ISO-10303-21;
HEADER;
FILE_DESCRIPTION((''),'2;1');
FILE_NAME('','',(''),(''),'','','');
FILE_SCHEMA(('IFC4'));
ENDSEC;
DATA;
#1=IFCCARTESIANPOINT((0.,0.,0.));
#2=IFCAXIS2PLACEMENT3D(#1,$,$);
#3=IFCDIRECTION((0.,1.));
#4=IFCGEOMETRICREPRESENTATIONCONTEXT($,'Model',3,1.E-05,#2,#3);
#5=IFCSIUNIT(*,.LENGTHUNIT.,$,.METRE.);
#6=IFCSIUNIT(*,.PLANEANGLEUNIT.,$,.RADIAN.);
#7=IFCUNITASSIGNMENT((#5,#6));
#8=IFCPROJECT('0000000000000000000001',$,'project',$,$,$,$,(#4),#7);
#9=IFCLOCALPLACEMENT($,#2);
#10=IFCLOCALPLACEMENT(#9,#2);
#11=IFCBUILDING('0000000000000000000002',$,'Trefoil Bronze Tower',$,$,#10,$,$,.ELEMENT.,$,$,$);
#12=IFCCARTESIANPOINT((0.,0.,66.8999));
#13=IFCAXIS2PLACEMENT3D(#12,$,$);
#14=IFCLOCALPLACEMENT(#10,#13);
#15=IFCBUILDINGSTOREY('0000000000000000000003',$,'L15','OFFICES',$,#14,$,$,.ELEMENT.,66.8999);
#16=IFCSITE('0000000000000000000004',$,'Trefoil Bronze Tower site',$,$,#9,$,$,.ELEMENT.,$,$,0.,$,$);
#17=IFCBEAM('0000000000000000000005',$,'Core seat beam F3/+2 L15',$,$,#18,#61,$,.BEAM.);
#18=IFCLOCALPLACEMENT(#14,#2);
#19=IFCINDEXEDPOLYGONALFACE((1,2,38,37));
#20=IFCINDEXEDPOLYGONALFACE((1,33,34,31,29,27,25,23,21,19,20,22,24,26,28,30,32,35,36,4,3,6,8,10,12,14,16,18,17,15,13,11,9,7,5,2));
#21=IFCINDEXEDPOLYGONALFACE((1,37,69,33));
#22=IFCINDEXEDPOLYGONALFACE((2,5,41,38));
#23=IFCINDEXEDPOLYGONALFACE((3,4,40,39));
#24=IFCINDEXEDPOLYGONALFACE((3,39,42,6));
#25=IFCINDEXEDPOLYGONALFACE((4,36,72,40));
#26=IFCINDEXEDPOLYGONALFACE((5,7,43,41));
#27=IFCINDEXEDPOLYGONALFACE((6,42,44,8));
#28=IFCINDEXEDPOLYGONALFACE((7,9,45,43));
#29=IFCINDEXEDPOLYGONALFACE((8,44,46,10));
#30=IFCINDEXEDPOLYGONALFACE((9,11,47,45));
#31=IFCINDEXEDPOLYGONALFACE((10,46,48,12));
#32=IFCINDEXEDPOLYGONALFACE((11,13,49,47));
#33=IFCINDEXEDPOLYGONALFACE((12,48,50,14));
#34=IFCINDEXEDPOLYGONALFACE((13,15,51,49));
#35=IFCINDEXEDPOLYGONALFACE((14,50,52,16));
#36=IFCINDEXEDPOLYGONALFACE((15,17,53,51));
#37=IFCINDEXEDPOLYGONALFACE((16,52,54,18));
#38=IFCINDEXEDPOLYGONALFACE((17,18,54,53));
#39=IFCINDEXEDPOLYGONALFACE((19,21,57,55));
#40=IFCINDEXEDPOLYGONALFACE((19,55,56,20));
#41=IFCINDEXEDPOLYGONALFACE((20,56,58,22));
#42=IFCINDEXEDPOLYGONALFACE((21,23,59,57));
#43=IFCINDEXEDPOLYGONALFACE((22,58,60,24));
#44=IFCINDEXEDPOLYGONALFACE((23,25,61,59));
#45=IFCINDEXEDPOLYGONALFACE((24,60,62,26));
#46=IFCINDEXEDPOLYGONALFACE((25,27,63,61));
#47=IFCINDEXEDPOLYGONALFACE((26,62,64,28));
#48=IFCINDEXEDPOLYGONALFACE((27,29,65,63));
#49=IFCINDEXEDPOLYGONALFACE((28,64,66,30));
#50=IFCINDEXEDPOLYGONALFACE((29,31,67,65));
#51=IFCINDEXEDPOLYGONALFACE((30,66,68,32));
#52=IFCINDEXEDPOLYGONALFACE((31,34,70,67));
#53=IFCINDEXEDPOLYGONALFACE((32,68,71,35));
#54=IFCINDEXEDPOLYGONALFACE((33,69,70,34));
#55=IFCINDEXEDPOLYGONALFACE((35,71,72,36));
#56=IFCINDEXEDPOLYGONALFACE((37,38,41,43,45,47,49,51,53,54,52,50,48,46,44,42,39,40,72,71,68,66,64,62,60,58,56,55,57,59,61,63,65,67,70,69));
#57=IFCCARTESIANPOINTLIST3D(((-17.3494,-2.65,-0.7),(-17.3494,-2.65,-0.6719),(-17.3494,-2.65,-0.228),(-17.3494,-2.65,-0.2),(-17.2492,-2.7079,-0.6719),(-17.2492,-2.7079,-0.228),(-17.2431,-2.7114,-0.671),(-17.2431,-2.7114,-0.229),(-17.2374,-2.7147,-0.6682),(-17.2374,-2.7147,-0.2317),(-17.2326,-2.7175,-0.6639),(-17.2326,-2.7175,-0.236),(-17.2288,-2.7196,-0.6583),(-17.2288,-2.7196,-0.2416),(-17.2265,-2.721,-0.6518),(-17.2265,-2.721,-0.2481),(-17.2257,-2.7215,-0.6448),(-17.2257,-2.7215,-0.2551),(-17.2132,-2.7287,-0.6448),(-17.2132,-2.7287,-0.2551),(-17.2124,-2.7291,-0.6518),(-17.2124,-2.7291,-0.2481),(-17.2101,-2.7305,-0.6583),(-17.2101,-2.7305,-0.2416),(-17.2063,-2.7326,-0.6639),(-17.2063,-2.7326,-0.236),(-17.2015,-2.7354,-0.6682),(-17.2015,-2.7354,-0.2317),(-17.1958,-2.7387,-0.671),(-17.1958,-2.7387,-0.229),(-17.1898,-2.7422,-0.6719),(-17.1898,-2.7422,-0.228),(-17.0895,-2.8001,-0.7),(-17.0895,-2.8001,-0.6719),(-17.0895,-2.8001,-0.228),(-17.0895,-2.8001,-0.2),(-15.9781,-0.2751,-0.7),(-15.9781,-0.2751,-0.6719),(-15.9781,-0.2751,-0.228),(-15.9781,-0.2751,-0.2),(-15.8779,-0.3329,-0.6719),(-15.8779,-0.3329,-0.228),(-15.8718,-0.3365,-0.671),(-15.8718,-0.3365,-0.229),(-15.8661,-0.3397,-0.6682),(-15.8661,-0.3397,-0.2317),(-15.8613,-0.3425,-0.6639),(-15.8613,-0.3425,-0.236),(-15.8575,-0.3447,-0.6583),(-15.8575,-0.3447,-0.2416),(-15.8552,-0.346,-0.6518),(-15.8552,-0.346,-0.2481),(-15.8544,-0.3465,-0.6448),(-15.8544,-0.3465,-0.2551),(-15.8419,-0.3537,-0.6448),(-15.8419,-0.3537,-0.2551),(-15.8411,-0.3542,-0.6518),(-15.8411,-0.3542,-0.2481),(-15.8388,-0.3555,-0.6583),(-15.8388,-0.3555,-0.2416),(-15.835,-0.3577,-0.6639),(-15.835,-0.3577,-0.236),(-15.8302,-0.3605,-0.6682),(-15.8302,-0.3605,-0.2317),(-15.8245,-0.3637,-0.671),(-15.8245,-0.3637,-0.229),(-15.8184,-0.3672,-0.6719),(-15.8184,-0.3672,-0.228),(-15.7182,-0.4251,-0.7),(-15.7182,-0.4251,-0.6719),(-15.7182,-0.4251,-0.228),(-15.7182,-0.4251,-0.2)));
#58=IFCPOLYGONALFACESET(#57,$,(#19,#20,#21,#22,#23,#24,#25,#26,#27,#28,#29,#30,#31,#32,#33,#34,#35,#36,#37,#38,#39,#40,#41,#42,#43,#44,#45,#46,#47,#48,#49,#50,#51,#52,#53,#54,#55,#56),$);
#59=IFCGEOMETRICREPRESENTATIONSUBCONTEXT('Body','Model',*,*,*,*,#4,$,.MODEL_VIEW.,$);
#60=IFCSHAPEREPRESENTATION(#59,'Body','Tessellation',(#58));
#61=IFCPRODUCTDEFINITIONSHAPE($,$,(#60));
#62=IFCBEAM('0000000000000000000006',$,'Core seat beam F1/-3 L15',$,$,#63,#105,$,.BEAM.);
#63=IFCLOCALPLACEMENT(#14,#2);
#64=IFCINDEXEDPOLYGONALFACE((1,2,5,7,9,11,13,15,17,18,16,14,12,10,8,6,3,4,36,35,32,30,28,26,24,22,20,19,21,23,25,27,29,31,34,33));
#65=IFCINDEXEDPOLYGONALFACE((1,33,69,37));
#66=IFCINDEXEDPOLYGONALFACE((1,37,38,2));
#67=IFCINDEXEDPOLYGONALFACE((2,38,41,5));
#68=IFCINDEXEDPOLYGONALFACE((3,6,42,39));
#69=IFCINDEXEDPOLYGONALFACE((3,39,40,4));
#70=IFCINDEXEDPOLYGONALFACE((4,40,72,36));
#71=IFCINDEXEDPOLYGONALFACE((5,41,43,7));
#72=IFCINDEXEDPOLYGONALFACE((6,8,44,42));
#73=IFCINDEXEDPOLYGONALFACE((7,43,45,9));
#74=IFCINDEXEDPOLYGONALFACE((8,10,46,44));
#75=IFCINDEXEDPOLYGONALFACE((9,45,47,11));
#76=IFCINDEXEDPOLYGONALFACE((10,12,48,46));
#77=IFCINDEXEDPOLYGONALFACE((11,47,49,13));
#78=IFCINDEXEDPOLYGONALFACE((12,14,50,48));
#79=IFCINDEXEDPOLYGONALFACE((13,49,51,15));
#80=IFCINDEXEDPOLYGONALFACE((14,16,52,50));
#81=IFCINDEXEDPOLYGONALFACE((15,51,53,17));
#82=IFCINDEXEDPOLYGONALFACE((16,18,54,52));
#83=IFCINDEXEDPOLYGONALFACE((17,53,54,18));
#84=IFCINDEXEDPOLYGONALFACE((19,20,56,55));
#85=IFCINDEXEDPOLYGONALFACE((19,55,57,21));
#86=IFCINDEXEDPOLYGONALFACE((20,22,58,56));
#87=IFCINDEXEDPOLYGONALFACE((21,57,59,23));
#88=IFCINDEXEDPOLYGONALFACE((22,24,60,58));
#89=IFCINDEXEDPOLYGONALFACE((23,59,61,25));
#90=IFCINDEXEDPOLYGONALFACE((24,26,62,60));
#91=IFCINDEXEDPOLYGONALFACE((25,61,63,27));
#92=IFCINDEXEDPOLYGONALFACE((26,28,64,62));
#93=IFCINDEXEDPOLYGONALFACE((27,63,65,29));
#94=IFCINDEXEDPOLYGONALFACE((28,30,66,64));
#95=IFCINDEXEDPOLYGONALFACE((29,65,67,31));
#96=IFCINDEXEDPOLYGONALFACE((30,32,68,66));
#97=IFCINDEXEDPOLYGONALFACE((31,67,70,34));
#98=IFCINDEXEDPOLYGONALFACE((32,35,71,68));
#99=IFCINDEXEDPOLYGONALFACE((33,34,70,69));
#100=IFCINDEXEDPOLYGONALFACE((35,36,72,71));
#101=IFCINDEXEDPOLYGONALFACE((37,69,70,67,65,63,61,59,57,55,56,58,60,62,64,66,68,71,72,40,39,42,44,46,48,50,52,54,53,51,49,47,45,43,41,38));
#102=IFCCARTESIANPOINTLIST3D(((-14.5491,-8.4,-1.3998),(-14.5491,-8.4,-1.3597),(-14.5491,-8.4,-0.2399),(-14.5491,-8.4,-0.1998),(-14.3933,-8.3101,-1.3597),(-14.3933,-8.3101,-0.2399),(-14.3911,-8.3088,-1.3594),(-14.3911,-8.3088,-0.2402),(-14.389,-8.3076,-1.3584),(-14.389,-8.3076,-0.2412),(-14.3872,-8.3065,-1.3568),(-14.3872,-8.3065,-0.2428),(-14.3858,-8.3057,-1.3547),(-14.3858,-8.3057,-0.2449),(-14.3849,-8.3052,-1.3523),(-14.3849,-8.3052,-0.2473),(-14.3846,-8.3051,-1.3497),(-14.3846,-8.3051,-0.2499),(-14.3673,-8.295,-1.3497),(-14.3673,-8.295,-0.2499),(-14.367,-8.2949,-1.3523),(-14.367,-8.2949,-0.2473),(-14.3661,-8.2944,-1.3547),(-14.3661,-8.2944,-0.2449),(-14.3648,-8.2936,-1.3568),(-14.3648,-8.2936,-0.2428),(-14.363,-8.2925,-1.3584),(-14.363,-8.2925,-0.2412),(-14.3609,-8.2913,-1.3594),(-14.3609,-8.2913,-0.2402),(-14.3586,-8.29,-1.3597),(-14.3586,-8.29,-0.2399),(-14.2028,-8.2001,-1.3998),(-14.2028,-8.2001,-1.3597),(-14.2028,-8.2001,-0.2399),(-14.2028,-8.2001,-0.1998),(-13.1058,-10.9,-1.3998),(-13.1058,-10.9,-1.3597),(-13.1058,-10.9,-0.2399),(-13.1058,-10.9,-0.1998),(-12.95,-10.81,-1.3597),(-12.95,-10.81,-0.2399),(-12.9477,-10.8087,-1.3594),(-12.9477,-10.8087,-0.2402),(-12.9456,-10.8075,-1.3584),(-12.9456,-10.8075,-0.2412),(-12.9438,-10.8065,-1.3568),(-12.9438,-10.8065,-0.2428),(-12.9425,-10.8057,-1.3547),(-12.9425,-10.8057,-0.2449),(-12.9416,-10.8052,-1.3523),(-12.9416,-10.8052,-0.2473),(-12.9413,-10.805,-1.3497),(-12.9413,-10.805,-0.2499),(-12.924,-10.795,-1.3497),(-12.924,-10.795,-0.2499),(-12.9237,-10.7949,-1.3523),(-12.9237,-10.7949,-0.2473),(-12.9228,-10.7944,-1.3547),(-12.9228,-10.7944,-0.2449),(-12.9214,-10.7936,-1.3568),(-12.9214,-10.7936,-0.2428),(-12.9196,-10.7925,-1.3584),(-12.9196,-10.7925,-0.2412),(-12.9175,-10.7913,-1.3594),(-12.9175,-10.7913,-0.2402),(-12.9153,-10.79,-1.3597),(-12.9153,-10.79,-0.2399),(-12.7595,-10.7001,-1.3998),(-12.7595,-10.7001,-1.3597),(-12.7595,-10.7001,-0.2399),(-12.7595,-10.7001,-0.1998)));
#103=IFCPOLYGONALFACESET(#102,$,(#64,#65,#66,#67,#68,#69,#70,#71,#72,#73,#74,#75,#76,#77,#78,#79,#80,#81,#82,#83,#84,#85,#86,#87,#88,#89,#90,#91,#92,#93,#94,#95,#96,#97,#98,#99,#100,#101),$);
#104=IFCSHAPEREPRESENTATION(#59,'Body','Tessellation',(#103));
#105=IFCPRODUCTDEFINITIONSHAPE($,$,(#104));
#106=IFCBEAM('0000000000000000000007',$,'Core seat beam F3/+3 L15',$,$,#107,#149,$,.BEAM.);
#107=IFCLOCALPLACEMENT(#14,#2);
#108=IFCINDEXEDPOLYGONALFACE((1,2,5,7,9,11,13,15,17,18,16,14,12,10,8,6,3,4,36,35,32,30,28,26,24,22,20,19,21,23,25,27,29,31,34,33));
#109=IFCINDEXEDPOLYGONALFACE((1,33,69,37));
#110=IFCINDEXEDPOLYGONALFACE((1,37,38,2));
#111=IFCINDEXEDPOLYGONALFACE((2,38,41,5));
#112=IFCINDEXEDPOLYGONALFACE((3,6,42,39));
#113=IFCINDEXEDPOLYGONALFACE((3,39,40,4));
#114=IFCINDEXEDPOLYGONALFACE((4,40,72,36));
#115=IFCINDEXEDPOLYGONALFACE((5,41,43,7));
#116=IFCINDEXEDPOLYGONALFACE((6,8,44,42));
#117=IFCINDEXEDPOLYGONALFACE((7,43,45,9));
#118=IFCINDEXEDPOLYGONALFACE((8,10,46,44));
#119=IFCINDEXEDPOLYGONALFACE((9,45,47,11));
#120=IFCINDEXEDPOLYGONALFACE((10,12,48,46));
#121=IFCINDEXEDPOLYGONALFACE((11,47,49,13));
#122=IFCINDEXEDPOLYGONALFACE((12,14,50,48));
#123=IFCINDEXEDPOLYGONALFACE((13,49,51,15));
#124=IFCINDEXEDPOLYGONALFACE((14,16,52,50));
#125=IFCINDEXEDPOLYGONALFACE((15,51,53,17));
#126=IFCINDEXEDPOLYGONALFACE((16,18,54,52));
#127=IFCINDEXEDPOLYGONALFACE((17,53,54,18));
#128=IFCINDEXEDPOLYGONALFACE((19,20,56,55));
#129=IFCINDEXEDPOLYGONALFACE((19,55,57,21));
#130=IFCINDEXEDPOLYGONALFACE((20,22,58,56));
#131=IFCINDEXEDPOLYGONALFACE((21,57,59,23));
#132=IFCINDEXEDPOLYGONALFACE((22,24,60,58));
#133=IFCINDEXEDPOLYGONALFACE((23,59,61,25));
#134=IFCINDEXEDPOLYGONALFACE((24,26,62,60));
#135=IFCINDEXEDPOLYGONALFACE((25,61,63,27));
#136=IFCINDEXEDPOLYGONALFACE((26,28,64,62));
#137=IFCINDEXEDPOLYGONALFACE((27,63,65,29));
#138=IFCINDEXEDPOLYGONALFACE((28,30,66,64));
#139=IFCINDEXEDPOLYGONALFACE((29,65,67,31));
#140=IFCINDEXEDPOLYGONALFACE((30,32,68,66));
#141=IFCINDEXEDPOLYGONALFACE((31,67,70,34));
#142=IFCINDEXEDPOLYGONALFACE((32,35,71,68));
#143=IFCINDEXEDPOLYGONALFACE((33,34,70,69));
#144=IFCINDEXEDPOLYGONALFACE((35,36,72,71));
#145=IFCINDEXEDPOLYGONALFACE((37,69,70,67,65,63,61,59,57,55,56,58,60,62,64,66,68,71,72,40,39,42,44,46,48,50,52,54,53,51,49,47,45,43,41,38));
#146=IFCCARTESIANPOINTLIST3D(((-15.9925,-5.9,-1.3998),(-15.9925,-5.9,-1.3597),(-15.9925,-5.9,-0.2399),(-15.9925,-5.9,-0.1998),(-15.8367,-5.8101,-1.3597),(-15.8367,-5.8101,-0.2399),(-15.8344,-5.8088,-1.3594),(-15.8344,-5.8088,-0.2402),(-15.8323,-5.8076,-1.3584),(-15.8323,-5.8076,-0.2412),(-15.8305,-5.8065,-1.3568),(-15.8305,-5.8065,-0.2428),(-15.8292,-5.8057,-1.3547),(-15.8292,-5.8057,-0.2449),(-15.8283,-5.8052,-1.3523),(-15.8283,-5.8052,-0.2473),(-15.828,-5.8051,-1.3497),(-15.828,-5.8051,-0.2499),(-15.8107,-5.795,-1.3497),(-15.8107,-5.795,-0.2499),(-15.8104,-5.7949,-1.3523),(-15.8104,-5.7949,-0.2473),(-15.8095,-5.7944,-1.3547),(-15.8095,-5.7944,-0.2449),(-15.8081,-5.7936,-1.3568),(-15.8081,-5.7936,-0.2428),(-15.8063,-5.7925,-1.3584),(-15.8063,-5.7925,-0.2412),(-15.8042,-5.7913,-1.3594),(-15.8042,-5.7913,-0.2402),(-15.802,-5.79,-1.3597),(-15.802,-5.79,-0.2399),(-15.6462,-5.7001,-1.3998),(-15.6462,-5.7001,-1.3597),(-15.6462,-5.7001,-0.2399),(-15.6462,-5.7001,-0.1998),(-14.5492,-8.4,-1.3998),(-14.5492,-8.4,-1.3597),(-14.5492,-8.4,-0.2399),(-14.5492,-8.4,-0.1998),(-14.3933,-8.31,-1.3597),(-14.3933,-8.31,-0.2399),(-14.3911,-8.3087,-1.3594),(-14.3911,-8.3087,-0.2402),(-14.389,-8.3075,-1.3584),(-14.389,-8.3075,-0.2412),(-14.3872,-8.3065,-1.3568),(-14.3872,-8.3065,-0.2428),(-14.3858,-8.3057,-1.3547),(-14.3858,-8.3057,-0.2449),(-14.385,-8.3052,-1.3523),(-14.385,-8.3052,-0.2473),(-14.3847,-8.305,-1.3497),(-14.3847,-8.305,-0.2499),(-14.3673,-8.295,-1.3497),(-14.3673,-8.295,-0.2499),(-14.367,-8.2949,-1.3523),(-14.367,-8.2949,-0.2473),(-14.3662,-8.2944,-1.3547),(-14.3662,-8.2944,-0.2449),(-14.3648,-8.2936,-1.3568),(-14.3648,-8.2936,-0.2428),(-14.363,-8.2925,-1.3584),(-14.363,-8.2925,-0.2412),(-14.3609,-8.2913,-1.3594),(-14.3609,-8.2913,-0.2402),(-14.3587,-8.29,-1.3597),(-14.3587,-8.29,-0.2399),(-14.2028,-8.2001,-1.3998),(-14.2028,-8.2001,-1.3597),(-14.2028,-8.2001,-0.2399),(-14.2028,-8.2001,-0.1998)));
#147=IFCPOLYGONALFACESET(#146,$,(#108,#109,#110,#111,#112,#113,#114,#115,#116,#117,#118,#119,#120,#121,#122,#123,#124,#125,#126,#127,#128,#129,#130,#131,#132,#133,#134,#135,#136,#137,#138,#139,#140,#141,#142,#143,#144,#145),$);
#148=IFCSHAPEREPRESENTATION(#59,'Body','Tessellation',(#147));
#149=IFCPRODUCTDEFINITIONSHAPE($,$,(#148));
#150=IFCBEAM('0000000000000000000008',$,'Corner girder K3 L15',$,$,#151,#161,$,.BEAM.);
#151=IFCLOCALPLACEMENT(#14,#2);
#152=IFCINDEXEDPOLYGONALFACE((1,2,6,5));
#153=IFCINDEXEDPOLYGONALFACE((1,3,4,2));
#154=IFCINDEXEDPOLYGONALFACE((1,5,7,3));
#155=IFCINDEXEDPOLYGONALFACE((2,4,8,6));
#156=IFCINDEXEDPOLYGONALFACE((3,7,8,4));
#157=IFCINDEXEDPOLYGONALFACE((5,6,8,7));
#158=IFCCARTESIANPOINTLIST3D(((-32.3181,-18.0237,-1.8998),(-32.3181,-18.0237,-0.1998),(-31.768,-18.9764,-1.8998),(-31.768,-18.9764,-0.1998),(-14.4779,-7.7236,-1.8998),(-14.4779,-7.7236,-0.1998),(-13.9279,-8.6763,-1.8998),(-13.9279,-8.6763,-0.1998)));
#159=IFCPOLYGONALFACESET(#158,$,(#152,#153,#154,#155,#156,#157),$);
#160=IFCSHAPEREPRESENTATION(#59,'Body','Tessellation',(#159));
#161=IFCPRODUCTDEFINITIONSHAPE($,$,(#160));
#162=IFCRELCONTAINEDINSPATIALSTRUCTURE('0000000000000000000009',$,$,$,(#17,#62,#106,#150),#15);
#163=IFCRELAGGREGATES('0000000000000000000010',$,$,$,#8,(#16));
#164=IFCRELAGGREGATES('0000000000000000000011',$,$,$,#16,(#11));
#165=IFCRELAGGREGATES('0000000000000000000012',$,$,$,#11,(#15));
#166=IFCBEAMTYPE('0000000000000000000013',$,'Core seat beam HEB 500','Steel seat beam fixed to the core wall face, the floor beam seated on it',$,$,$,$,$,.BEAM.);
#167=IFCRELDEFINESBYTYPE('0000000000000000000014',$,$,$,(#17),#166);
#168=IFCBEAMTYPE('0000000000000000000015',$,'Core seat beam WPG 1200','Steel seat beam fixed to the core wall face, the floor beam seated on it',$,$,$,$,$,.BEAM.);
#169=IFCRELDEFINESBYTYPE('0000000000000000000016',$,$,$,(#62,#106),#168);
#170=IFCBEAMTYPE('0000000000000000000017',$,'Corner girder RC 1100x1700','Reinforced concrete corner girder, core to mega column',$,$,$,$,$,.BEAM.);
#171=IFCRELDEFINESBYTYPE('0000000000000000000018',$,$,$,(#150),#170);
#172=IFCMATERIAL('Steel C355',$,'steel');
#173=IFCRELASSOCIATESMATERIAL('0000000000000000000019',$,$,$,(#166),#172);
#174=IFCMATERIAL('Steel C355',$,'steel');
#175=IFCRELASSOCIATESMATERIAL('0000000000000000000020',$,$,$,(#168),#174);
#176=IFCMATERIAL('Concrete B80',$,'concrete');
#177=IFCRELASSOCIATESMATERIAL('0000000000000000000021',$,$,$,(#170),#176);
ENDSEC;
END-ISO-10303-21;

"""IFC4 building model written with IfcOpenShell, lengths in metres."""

from ifc_helpers import new_model, si_unit, direction, frame, origin, origin_2d, place, context, subcontext, project, spatial, rectangle, i_section, extrude, material, material_profile, profile_set, type_object, element, save


model = new_model("IFC4")

# Units and contexts
model_context = context("Model", 3, precision=1e-05, world=origin(), true_north=direction((0.0, 1.0)))
body_context = subcontext(model_context, "Body", "Model", "MODEL_VIEW")
ifc_project = project(units=[si_unit("LENGTHUNIT", "METRE"), si_unit("PLANEANGLEUNIT", "RADIAN")], contexts=[model_context])

# Site, building, storey
site_placement = place(None, origin())
site = spatial("IfcSite", under=ifc_project, at=site_placement, Name="Trefoil Bronze Tower site", CompositionType="ELEMENT", RefElevation=0.0)
building_placement = place(site_placement, origin())
building = spatial("IfcBuilding", under=site, at=building_placement, Name="Trefoil Bronze Tower", CompositionType="ELEMENT")
storey_placement = place(building_placement, frame((0.0, 0.0, 66.8999)))
storey = spatial("IfcBuildingStorey", under=building, at=storey_placement, Name="L15", Description="OFFICES", CompositionType="ELEMENT", Elevation=66.8999)

# Beams
ifc_material_1 = material(Name="Steel C355", Category="steel")
ifc_material_profile_1 = material_profile(ifc_material_1, i_section(OverallWidth=0.3, OverallDepth=0.5, WebThickness=0.0144, FlangeThickness=0.0281, FilletRadius=0.0271, at=origin_2d()), Name="HEB 500")
ifc_profile_set_1 = profile_set([ifc_material_profile_1], Name="Steel C355")
beam_type_1 = type_object("IfcBeamType", Name="Core seat beam HEB 500", Description="Steel seat beam fixed to the core wall face, the floor beam seated on it", PredefinedType="BEAM", material=ifc_profile_set_1)
beam_1_placement = place(storey_placement, frame((-15.8481, -0.3501, -0.45), z_axis=(-0.500036, -0.866005, 0.0), x_axis=(0.866005, -0.500036, 0.0)))
element("IfcBeam", 1, at=beam_1_placement, inside=storey, type_object=beam_type_1, Name="Core seat beam F3/+2 L15", PredefinedType="BEAM", context=body_context, shape_type="SweptSolid", body=[
    extrude(i_section(OverallWidth=0.3, OverallDepth=0.5, WebThickness=0.0144, FlangeThickness=0.0281, FilletRadius=0.0271, at=origin_2d()), origin(), (0.0, 0.0, 1.0), 2.7424),
])
ifc_material_2 = material(Name="Steel C355", Category="steel")
ifc_material_profile_2 = material_profile(ifc_material_2, i_section(OverallWidth=0.3999, OverallDepth=1.2, WebThickness=0.02, FlangeThickness=0.04, FilletRadius=0.01, at=origin_2d()), Name="WPG 1200")
ifc_profile_set_2 = profile_set([ifc_material_profile_2], Name="Steel C355")
beam_type_2 = type_object("IfcBeamType", Name="Core seat beam WPG 1200", Description="Steel seat beam fixed to the core wall face, the floor beam seated on it", PredefinedType="BEAM", material=ifc_profile_set_2)
for number, where, z_axis, x_axis, name in (
    (2, (-14.376, -8.3, -0.7998), (0.499996, -0.866028, 0.0), (0.866028, 0.499996, 0.0), "Core seat beam F1/-3 L15"),
    (3, (-15.8193, -5.8, -0.7998), (0.499996, -0.866028, 0.0), (0.866028, 0.499996, 0.0), "Core seat beam F3/+3 L15"),
):
    element("IfcBeam", number, at=place(storey_placement, frame(where, z_axis=z_axis, x_axis=x_axis)), inside=storey, type_object=beam_type_2, Name=name, PredefinedType="BEAM", context=body_context, shape_type="SweptSolid", body=[
        extrude(i_section(OverallWidth=0.3999, OverallDepth=1.2, WebThickness=0.02, FlangeThickness=0.04, FilletRadius=0.01, at=origin_2d()), origin(), (0.0, 0.0, 1.0), 2.8867),
    ])
ifc_material_3 = material(Name="Concrete B80", Category="concrete")
ifc_material_profile_3 = material_profile(ifc_material_3, rectangle(XDim=1.1001, YDim=1.7, at=origin_2d()), Name="RC 1100x1700")
ifc_profile_set_3 = profile_set([ifc_material_profile_3], Name="Concrete B80")
beam_type_3 = type_object("IfcBeamType", Name="Corner girder RC 1100x1700", Description="Reinforced concrete corner girder, core to mega column", PredefinedType="BEAM", material=ifc_profile_set_3)
beam_2_placement = place(storey_placement, frame((-14.2029, -8.2, -1.0498), z_axis=(-0.866024, -0.500003, 0.0), x_axis=(0.500003, -0.866024, 0.0)))
element("IfcBeam", 4, at=beam_2_placement, inside=storey, type_object=beam_type_3, Name="Corner girder K3 L15", PredefinedType="BEAM", context=body_context, shape_type="SweptSolid", body=[
    extrude(rectangle(XDim=1.1001, YDim=1.7, at=origin_2d()), origin(), (0.0, 0.0, 1.0), 20.6001),
])

save(model, "model.ifc")
